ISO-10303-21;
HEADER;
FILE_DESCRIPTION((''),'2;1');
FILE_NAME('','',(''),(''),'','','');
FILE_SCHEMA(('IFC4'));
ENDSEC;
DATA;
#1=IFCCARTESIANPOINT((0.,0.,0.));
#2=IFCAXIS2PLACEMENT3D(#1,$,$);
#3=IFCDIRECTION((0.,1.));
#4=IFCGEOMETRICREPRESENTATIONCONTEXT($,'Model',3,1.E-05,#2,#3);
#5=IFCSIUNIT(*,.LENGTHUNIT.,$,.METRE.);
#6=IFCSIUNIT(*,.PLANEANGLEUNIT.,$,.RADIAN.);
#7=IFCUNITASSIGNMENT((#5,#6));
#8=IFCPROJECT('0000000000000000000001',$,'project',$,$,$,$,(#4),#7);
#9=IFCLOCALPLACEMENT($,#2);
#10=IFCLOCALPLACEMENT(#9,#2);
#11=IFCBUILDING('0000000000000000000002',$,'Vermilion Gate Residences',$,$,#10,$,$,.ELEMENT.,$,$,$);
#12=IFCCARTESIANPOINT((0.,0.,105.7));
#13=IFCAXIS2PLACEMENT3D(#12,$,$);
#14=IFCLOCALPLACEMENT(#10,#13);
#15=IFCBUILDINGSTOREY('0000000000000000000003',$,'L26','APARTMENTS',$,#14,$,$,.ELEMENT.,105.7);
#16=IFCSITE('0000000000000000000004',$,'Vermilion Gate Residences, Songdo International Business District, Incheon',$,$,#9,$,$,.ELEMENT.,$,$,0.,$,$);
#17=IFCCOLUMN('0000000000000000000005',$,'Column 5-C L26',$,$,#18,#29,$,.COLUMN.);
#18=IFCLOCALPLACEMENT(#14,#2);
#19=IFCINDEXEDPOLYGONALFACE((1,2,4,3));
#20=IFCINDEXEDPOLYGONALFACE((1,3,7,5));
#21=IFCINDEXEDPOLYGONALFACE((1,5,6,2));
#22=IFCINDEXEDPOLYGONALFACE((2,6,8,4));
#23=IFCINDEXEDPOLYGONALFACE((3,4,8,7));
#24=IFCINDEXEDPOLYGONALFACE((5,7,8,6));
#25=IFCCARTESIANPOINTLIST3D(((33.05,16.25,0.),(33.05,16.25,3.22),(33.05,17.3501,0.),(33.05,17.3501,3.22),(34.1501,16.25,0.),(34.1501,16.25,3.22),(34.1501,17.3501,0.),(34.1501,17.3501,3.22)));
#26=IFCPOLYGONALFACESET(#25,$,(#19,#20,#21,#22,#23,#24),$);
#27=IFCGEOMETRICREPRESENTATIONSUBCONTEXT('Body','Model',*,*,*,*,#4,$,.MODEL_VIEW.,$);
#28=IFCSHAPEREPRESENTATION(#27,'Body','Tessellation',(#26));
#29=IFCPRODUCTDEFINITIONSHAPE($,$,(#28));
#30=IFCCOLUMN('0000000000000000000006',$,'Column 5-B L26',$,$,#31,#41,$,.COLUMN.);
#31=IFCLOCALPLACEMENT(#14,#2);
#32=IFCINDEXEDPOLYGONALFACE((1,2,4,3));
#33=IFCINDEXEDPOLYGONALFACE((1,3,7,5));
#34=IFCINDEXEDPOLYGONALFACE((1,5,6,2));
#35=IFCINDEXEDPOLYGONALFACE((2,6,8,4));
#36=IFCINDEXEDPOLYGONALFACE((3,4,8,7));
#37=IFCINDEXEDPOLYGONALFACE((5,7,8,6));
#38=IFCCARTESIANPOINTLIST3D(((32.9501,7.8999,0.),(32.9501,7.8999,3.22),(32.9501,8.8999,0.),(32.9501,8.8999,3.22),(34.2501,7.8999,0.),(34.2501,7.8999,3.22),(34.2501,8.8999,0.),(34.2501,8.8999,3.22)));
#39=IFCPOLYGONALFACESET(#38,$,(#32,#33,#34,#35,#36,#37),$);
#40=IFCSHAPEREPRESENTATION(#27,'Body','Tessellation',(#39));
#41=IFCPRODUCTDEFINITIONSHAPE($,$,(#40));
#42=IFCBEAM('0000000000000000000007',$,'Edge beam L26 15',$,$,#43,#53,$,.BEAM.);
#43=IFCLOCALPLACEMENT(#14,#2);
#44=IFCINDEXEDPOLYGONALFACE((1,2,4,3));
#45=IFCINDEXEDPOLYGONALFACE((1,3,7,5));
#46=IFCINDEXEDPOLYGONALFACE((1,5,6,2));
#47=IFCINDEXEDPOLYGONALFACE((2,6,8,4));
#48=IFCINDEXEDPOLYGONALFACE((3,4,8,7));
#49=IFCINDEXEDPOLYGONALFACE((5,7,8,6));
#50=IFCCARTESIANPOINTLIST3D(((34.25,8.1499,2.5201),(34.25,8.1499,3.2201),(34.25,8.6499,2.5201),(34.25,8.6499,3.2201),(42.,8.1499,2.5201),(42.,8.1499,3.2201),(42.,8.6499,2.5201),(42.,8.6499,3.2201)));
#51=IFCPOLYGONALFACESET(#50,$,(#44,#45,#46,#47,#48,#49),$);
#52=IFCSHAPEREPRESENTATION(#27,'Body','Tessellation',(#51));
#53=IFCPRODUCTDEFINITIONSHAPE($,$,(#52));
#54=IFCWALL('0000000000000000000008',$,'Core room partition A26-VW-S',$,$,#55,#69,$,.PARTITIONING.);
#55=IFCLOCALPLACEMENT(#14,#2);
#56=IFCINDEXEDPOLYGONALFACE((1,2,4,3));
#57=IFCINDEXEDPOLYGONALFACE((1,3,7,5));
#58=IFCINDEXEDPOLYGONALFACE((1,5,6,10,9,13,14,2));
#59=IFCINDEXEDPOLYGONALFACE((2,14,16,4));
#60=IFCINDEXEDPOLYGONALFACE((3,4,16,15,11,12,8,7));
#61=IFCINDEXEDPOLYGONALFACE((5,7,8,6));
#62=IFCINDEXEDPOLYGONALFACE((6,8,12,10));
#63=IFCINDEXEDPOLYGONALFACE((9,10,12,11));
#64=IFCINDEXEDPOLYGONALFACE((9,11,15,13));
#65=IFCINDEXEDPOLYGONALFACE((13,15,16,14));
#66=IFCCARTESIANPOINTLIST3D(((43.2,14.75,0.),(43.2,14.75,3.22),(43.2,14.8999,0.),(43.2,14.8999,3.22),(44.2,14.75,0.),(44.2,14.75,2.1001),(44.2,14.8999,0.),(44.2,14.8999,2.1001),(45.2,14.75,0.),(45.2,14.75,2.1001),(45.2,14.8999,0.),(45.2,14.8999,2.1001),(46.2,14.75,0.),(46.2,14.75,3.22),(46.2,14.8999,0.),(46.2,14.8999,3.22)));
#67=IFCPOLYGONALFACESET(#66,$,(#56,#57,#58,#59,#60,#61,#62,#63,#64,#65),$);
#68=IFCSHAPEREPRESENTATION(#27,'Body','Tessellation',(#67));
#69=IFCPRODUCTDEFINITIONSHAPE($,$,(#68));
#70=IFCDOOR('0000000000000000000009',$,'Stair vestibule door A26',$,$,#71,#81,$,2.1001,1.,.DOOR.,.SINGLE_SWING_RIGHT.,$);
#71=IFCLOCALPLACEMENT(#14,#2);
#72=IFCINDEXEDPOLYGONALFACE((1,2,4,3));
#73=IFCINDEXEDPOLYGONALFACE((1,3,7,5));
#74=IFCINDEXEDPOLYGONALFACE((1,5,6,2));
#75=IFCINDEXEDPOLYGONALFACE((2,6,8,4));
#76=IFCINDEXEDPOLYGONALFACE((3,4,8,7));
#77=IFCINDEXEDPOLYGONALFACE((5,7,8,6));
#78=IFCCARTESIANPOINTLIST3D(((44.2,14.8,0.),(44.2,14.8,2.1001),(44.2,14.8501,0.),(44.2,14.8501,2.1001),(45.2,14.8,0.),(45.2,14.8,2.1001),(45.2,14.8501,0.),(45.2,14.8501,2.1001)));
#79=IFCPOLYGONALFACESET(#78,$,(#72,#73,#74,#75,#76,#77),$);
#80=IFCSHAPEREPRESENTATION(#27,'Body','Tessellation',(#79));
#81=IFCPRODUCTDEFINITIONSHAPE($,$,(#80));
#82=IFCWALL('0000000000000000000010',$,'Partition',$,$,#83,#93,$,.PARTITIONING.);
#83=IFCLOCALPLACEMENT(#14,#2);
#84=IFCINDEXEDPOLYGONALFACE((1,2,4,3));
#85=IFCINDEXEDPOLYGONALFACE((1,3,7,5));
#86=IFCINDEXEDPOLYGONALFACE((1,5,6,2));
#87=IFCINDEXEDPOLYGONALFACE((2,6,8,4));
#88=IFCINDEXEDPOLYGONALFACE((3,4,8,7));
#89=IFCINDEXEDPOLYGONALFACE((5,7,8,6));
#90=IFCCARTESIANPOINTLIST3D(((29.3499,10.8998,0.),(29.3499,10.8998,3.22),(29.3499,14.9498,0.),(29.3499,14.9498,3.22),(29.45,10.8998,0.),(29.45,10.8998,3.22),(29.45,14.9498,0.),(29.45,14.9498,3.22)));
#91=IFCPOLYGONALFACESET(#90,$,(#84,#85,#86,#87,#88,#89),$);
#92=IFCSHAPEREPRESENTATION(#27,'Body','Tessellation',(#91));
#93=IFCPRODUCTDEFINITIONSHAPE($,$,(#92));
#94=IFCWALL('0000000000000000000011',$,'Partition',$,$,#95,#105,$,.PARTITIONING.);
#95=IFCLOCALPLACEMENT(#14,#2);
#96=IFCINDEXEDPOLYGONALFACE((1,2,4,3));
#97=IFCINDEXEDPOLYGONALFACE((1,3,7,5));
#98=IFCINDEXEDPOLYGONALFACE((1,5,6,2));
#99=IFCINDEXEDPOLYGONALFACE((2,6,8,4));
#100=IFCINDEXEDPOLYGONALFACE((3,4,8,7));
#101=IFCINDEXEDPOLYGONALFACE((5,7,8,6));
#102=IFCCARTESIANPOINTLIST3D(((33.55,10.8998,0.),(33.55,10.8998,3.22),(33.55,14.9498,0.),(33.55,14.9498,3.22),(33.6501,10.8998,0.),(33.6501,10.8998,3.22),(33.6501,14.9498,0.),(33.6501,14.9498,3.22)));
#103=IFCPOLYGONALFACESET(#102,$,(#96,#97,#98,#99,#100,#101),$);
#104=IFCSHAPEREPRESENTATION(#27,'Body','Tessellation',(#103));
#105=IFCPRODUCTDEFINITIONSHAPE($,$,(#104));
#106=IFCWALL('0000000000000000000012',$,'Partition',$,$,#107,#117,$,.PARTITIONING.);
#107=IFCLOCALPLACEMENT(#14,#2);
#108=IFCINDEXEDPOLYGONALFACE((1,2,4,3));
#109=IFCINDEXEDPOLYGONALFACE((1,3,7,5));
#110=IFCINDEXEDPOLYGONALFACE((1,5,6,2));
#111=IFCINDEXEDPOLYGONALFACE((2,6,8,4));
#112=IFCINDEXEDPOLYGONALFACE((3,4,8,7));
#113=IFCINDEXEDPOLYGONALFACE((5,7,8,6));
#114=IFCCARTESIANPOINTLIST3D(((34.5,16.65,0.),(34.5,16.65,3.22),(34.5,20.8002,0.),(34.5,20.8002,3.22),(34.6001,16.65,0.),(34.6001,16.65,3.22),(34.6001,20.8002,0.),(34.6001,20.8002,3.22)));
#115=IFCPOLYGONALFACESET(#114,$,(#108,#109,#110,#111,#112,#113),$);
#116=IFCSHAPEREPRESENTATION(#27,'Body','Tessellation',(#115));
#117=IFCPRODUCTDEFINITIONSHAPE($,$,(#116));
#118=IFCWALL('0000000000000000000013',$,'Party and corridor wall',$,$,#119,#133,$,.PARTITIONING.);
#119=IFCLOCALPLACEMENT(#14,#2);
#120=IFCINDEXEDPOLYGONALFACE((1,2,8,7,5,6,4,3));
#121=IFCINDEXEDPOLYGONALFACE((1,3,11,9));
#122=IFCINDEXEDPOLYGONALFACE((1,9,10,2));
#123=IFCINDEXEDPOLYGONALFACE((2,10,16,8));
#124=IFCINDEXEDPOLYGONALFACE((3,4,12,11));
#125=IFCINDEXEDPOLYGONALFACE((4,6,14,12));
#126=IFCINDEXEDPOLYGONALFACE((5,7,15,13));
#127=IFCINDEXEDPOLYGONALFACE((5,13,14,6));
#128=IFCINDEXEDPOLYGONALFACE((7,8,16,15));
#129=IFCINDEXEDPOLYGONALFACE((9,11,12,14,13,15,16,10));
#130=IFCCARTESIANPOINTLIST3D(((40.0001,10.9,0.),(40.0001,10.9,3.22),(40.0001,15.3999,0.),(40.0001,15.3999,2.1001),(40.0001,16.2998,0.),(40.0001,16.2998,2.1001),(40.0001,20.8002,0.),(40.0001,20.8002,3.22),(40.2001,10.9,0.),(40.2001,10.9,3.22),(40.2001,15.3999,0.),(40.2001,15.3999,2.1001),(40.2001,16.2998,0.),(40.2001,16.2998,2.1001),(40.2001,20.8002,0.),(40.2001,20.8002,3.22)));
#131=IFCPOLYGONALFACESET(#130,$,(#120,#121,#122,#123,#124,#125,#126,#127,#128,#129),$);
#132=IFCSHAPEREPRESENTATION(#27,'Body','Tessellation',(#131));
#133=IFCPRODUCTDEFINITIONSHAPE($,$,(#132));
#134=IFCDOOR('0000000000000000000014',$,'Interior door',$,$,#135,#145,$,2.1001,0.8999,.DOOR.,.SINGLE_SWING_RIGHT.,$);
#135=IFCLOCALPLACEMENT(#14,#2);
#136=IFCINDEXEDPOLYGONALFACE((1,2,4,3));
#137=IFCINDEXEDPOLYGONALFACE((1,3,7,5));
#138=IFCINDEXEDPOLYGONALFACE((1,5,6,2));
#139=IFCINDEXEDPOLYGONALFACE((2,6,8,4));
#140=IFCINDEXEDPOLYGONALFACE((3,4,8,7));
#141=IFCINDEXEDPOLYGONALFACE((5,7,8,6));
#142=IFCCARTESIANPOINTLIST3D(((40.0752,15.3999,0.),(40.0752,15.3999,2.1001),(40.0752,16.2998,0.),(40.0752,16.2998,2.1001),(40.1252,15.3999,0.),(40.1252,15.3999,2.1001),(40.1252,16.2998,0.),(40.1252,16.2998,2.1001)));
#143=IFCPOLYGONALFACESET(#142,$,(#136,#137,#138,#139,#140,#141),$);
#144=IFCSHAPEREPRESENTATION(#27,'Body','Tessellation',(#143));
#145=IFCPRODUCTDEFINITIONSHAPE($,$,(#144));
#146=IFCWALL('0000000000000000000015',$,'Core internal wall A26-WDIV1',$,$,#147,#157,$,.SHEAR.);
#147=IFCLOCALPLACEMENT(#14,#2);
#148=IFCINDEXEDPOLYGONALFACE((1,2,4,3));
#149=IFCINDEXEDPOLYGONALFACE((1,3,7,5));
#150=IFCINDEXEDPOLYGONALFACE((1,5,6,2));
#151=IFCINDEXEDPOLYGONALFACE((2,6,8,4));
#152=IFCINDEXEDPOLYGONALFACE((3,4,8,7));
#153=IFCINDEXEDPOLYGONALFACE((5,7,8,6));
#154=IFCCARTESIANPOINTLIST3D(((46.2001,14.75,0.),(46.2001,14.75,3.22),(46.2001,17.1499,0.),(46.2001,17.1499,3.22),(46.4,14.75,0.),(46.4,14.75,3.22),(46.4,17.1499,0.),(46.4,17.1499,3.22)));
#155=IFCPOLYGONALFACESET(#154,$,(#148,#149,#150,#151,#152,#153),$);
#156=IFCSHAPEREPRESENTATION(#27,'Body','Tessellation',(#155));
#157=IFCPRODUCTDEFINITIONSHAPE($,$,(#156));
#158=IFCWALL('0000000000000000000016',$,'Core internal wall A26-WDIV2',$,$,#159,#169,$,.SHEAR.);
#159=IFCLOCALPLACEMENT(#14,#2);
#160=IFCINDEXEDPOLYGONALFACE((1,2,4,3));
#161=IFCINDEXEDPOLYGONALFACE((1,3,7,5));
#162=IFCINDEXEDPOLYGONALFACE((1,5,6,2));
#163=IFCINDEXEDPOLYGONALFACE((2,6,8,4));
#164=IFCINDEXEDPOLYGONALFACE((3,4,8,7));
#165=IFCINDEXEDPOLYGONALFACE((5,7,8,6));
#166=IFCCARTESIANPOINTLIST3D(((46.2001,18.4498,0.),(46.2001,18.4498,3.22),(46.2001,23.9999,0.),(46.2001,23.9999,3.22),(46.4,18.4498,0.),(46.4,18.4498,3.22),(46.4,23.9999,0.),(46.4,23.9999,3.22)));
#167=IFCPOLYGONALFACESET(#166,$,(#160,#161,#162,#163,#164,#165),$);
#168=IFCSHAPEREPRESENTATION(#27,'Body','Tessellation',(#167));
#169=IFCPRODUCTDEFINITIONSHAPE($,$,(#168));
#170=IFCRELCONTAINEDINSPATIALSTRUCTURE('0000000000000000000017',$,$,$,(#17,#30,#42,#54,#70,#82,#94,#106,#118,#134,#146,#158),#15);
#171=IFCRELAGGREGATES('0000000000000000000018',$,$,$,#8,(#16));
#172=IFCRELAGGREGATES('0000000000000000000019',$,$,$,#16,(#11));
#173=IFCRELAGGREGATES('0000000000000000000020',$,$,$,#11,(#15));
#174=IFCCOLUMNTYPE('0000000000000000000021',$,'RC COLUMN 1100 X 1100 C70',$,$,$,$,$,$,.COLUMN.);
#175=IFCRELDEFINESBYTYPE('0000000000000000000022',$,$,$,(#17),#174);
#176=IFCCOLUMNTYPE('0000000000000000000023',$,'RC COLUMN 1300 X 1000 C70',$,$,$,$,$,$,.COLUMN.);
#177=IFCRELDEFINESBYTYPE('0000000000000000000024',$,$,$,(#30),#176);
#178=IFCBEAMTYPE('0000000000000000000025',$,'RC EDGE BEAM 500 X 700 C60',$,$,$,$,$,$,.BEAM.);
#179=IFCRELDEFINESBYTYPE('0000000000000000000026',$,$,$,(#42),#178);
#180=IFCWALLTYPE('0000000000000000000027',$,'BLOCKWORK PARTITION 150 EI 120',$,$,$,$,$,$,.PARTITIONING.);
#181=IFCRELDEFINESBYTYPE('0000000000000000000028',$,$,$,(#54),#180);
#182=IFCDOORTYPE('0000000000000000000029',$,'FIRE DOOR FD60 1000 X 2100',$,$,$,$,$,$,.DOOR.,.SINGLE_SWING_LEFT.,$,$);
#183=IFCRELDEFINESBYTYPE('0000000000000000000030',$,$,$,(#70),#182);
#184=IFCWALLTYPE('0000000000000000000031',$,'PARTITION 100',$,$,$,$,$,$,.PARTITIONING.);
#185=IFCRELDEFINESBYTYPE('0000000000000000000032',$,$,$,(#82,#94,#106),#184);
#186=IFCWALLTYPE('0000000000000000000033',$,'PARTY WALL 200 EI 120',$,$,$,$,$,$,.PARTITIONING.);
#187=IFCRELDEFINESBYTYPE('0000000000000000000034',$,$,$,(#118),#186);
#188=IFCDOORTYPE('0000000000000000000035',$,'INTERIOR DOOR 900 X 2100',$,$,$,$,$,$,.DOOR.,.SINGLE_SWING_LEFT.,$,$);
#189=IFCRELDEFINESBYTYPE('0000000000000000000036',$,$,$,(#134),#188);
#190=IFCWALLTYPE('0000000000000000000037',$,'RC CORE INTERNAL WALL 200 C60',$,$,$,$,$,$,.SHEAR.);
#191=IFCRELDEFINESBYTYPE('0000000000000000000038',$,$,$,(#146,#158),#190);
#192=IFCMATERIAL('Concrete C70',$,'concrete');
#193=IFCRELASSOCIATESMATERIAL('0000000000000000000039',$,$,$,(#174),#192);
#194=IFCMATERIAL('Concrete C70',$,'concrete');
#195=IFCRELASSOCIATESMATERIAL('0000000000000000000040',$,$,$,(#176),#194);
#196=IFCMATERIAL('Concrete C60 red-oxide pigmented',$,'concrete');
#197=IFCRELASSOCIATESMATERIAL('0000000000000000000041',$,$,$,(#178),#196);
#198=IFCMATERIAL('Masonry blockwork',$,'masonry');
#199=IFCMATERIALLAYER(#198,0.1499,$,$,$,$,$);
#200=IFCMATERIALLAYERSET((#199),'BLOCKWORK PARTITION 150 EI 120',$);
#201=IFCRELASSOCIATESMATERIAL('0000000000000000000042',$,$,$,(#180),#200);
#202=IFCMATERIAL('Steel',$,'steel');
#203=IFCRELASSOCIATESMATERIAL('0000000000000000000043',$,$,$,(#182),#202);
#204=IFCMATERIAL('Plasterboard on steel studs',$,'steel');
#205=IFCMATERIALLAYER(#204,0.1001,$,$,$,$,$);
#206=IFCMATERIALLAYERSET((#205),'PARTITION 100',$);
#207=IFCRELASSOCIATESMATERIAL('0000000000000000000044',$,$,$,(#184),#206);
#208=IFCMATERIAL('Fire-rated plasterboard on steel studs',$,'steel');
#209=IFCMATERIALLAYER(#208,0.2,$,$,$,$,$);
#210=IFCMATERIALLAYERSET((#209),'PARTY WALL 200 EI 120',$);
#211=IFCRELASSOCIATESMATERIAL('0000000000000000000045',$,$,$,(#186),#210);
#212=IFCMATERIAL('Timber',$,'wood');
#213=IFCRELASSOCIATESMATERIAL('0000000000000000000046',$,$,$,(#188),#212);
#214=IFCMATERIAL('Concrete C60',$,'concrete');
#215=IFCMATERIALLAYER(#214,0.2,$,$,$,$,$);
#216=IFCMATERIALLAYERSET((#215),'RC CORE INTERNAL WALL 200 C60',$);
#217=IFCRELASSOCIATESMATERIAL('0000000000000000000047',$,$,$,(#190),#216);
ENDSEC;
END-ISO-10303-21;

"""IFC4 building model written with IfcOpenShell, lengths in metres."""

from ifc_helpers import new_model, si_unit, direction, frame, frame_2d, origin, origin_2d, place, context, subcontext, project, spatial, rectangle, extrude, material, layer, layer_set, material_profile, profile_set, type_object, element, fill, save


model = new_model("IFC4")

# Units and contexts
model_context = context("Model", 3, precision=1e-05, world=origin(), true_north=direction((0.0, 1.0)))
body_context = subcontext(model_context, "Body", "Model", "MODEL_VIEW")
ifc_project = project(units=[si_unit("LENGTHUNIT", "METRE"), si_unit("PLANEANGLEUNIT", "RADIAN")], contexts=[model_context])

# Site, building, storey
site_placement = place(None, origin())
site = spatial("IfcSite", under=ifc_project, at=site_placement, Name="Vermilion Gate Residences, Songdo International Business District, Incheon", CompositionType="ELEMENT", RefElevation=0.0)
building_placement = place(site_placement, origin())
building = spatial("IfcBuilding", under=site, at=building_placement, Name="Vermilion Gate Residences", CompositionType="ELEMENT")
storey_placement = place(building_placement, frame((0.0, 0.0, 105.7)))
storey = spatial("IfcBuildingStorey", under=building, at=storey_placement, Name="L26", Description="APARTMENTS", CompositionType="ELEMENT", Elevation=105.7)

# Columns
ifc_material_1 = material(Name="Concrete C70", Category="concrete")
ifc_material_profile_1 = material_profile(ifc_material_1, rectangle(XDim=1.1001, YDim=1.1001, at=origin_2d()), Name="RC-1100x1100")
ifc_profile_set_1 = profile_set([ifc_material_profile_1], Name="Concrete C70")
column_type_1 = type_object("IfcColumnType", Name="RC COLUMN 1100 X 1100 C70", PredefinedType="COLUMN", material=ifc_profile_set_1)
column_1_placement = place(storey_placement, frame((33.6001, 16.8, 0.0), z_axis=(0.0, 0.0, 1.0), x_axis=(1.0, 0.0, 0.0)))
element("IfcColumn", 1, at=column_1_placement, inside=storey, type_object=column_type_1, Name="Column 5-C L26", PredefinedType="COLUMN", context=body_context, shape_type="SweptSolid", body=[
    extrude(rectangle(XDim=1.1001, YDim=1.1001, at=origin_2d()), origin(), (0.0, 0.0, 1.0), 3.22),
])
ifc_material_2 = material(Name="Concrete C70", Category="concrete")
ifc_material_profile_2 = material_profile(ifc_material_2, rectangle(XDim=1.3, YDim=1.0, at=origin_2d()), Name="RC-1300x1000")
ifc_profile_set_2 = profile_set([ifc_material_profile_2], Name="Concrete C70")
column_type_2 = type_object("IfcColumnType", Name="RC COLUMN 1300 X 1000 C70", PredefinedType="COLUMN", material=ifc_profile_set_2)
column_2_placement = place(storey_placement, frame((33.6001, 8.3999, 0.0), z_axis=(0.0, 0.0, 1.0), x_axis=(1.0, 0.0, 0.0)))
element("IfcColumn", 2, at=column_2_placement, inside=storey, type_object=column_type_2, Name="Column 5-B L26", PredefinedType="COLUMN", context=body_context, shape_type="SweptSolid", body=[
    extrude(rectangle(XDim=1.3, YDim=1.0, at=origin_2d()), origin(), (0.0, 0.0, 1.0), 3.22),
])

# Beam
ifc_material_3 = material(Name="Concrete C60 red-oxide pigmented", Category="concrete")
ifc_material_profile_3 = material_profile(ifc_material_3, rectangle(XDim=0.5, YDim=0.7, at=origin_2d()), Name="RC-500x700")
ifc_profile_set_3 = profile_set([ifc_material_profile_3], Name="Concrete C60 red-oxide pigmented")
beam_type = type_object("IfcBeamType", Name="RC EDGE BEAM 500 X 700 C60", PredefinedType="BEAM", material=ifc_profile_set_3)
beam_placement = place(storey_placement, frame((34.25, 8.3999, 2.8701), z_axis=(1.0, 0.0, 0.0), x_axis=(0.0, 1.0, 0.0)))
element("IfcBeam", 3, at=beam_placement, inside=storey, type_object=beam_type, Name="Edge beam L26 15", PredefinedType="BEAM", context=body_context, shape_type="SweptSolid", body=[
    extrude(rectangle(XDim=0.5, YDim=0.7, at=origin_2d()), origin(), (0.0, 0.0, 1.0), 7.75),
])

# Wall, opening, door
ifc_material_4 = material(Name="Masonry blockwork", Category="masonry")
ifc_layer_1 = layer(ifc_material_4, 0.1499)
ifc_layer_set_1 = layer_set([ifc_layer_1], Name="BLOCKWORK PARTITION 150 EI 120")
wall_type_1 = type_object("IfcWallType", Name="BLOCKWORK PARTITION 150 EI 120", PredefinedType="PARTITIONING", material=ifc_layer_set_1)
wall_1_placement = place(storey_placement, frame((43.2, 14.825, 0.0), z_axis=(0.0, 0.0, 1.0), x_axis=(1.0, 0.0, 0.0)))
wall_1 = element("IfcWall", 4, at=wall_1_placement, inside=storey, type_object=wall_type_1, Name="Core room partition A26-VW-S", PredefinedType="PARTITIONING", context=body_context, shape_type="SweptSolid", body=[
    extrude(rectangle(XDim=3.0, YDim=0.1499, at=frame_2d((1.5, 0.0))), origin(), (0.0, 0.0, 1.0), 3.22),
])
opening_1_placement = place(wall_1_placement, frame((1.0, 0.0, 0.0)))
opening_1 = element("IfcOpeningElement", 5, at=opening_1_placement, cuts=wall_1, PredefinedType="OPENING", context=body_context, shape_type="SweptSolid", body=[
    extrude(rectangle(XDim=1.0, YDim=2.1001, at=frame_2d((0.5, 1.05))), frame((0.0, 0.085, 0.0), z_axis=(0.0, -1.0, 0.0), x_axis=(1.0, 0.0, 0.0)), (0.0, 0.0, 1.0), 0.1699),
])
ifc_material_5 = material(Name="Steel", Category="steel")
door_type_1 = type_object("IfcDoorType", Name="FIRE DOOR FD60 1000 X 2100", OperationType="SINGLE_SWING_LEFT", PredefinedType="DOOR", material=ifc_material_5)
door_1_placement = place(opening_1_placement, frame((1.0, 0.0, 0.0), z_axis=(0.0, 0.0, 1.0), x_axis=(-1.0, 0.0, 0.0)))
door_1 = element("IfcDoor", 6, at=door_1_placement, inside=storey, type_object=door_type_1, Name="Stair vestibule door A26", OperationType="SINGLE_SWING_RIGHT", OverallHeight=2.1001, OverallWidth=1.0, PredefinedType="DOOR", context=body_context, shape_type="SweptSolid", body=[
    extrude(rectangle(XDim=1.0, YDim=2.1001, at=frame_2d((0.5, 1.05))), frame((0.0, 0.0249, 0.0), z_axis=(0.0, -1.0, 0.0), x_axis=(1.0, 0.0, 0.0)), (0.0, 0.0, 1.0), 0.05),
])
fill(opening_1, door_1)

# Walls
ifc_material_6 = material(Name="Plasterboard on steel studs", Category="steel")
ifc_layer_2 = layer(ifc_material_6, 0.1001)
ifc_layer_set_2 = layer_set([ifc_layer_2], Name="PARTITION 100")
wall_type_2 = type_object("IfcWallType", Name="PARTITION 100", PredefinedType="PARTITIONING", material=ifc_layer_set_2)
for number, where, z_axis, x_axis, name in (
    (7, (29.3999, 10.8999, 0.0), (0.0, 0.0, 1.0), (0.0, 1.0, 0.0), "Partition"),
    (8, (33.6001, 10.8999, 0.0), (0.0, 0.0, 1.0), (0.0, 1.0, 0.0), "Partition"),
):
    element("IfcWall", number, at=place(storey_placement, frame(where, z_axis=z_axis, x_axis=x_axis)), inside=storey, type_object=wall_type_2, Name=name, PredefinedType="PARTITIONING", context=body_context, shape_type="SweptSolid", body=[
        extrude(rectangle(XDim=4.05, YDim=0.1001, at=frame_2d((2.0249, 0.0))), origin(), (0.0, 0.0, 1.0), 3.22),
    ])
wall_2_placement = place(storey_placement, frame((34.55, 16.6499, 0.0), z_axis=(0.0, 0.0, 1.0), x_axis=(0.0, 1.0, 0.0)))
element("IfcWall", 9, at=wall_2_placement, inside=storey, type_object=wall_type_2, Name="Partition", PredefinedType="PARTITIONING", context=body_context, shape_type="SweptSolid", body=[
    extrude(rectangle(XDim=4.1501, YDim=0.1001, at=frame_2d((2.0752, 0.0))), origin(), (0.0, 0.0, 1.0), 3.22),
])

# Wall, opening, door
ifc_material_7 = material(Name="Fire-rated plasterboard on steel studs", Category="steel")
ifc_layer_3 = layer(ifc_material_7, 0.2)
ifc_layer_set_3 = layer_set([ifc_layer_3], Name="PARTY WALL 200 EI 120")
wall_type_3 = type_object("IfcWallType", Name="PARTY WALL 200 EI 120", PredefinedType="PARTITIONING", material=ifc_layer_set_3)
wall_3_placement = place(storey_placement, frame((40.1001, 10.8999, 0.0), z_axis=(0.0, 0.0, 1.0), x_axis=(0.0, 1.0, 0.0)))
wall_3 = element("IfcWall", 10, at=wall_3_placement, inside=storey, type_object=wall_type_3, Name="Party and corridor wall", PredefinedType="PARTITIONING", context=body_context, shape_type="SweptSolid", body=[
    extrude(rectangle(XDim=9.9001, YDim=0.2, at=frame_2d((4.9502, 0.0))), origin(), (0.0, 0.0, 1.0), 3.22),
])
opening_2_placement = place(wall_3_placement, frame((4.5, 0.0, 0.0)))
opening_2 = element("IfcOpeningElement", 11, at=opening_2_placement, cuts=wall_3, PredefinedType="OPENING", context=body_context, shape_type="SweptSolid", body=[
    extrude(rectangle(XDim=0.8999, YDim=2.1001, at=frame_2d((0.45, 1.05))), frame((0.0, 0.1099, 0.0), z_axis=(0.0, -1.0, 0.0), x_axis=(1.0, 0.0, 0.0)), (0.0, 0.0, 1.0), 0.22),
])
ifc_material_8 = material(Name="Timber", Category="wood")
door_type_2 = type_object("IfcDoorType", Name="INTERIOR DOOR 900 X 2100", OperationType="SINGLE_SWING_LEFT", PredefinedType="DOOR", material=ifc_material_8)
door_2_placement = place(opening_2_placement, origin())
door_2 = element("IfcDoor", 12, at=door_2_placement, inside=storey, type_object=door_type_2, Name="Interior door", OperationType="SINGLE_SWING_RIGHT", OverallHeight=2.1001, OverallWidth=0.8999, PredefinedType="DOOR", context=body_context, shape_type="SweptSolid", body=[
    extrude(rectangle(XDim=0.8999, YDim=2.1001, at=frame_2d((0.45, 1.05))), frame((0.0, 0.0249, 0.0), z_axis=(0.0, -1.0, 0.0), x_axis=(1.0, 0.0, 0.0)), (0.0, 0.0, 1.0), 0.05),
])
fill(opening_2, door_2)

# Walls
ifc_material_9 = material(Name="Concrete C60", Category="concrete")
ifc_layer_4 = layer(ifc_material_9, 0.2)
ifc_layer_set_4 = layer_set([ifc_layer_4], Name="RC CORE INTERNAL WALL 200 C60")
wall_type_4 = type_object("IfcWallType", Name="RC CORE INTERNAL WALL 200 C60", PredefinedType="SHEAR", material=ifc_layer_set_4)
wall_4_placement = place(storey_placement, frame((46.3, 14.75, 0.0), z_axis=(0.0, 0.0, 1.0), x_axis=(0.0, 1.0, 0.0)))
element("IfcWall", 13, at=wall_4_placement, inside=storey, type_object=wall_type_4, Name="Core internal wall A26-WDIV1", PredefinedType="SHEAR", context=body_context, shape_type="SweptSolid", body=[
    extrude(rectangle(XDim=2.3999, YDim=0.2, at=frame_2d((1.2, 0.0))), origin(), (0.0, 0.0, 1.0), 3.22),
])
wall_5_placement = place(storey_placement, frame((46.3, 18.45, 0.0), z_axis=(0.0, 0.0, 1.0), x_axis=(0.0, 1.0, 0.0)))
element("IfcWall", 14, at=wall_5_placement, inside=storey, type_object=wall_type_4, Name="Core internal wall A26-WDIV2", PredefinedType="SHEAR", context=body_context, shape_type="SweptSolid", body=[
    extrude(rectangle(XDim=5.55, YDim=0.2, at=frame_2d((2.7749, 0.0))), origin(), (0.0, 0.0, 1.0), 3.22),
])

save(model, "model.ifc")
